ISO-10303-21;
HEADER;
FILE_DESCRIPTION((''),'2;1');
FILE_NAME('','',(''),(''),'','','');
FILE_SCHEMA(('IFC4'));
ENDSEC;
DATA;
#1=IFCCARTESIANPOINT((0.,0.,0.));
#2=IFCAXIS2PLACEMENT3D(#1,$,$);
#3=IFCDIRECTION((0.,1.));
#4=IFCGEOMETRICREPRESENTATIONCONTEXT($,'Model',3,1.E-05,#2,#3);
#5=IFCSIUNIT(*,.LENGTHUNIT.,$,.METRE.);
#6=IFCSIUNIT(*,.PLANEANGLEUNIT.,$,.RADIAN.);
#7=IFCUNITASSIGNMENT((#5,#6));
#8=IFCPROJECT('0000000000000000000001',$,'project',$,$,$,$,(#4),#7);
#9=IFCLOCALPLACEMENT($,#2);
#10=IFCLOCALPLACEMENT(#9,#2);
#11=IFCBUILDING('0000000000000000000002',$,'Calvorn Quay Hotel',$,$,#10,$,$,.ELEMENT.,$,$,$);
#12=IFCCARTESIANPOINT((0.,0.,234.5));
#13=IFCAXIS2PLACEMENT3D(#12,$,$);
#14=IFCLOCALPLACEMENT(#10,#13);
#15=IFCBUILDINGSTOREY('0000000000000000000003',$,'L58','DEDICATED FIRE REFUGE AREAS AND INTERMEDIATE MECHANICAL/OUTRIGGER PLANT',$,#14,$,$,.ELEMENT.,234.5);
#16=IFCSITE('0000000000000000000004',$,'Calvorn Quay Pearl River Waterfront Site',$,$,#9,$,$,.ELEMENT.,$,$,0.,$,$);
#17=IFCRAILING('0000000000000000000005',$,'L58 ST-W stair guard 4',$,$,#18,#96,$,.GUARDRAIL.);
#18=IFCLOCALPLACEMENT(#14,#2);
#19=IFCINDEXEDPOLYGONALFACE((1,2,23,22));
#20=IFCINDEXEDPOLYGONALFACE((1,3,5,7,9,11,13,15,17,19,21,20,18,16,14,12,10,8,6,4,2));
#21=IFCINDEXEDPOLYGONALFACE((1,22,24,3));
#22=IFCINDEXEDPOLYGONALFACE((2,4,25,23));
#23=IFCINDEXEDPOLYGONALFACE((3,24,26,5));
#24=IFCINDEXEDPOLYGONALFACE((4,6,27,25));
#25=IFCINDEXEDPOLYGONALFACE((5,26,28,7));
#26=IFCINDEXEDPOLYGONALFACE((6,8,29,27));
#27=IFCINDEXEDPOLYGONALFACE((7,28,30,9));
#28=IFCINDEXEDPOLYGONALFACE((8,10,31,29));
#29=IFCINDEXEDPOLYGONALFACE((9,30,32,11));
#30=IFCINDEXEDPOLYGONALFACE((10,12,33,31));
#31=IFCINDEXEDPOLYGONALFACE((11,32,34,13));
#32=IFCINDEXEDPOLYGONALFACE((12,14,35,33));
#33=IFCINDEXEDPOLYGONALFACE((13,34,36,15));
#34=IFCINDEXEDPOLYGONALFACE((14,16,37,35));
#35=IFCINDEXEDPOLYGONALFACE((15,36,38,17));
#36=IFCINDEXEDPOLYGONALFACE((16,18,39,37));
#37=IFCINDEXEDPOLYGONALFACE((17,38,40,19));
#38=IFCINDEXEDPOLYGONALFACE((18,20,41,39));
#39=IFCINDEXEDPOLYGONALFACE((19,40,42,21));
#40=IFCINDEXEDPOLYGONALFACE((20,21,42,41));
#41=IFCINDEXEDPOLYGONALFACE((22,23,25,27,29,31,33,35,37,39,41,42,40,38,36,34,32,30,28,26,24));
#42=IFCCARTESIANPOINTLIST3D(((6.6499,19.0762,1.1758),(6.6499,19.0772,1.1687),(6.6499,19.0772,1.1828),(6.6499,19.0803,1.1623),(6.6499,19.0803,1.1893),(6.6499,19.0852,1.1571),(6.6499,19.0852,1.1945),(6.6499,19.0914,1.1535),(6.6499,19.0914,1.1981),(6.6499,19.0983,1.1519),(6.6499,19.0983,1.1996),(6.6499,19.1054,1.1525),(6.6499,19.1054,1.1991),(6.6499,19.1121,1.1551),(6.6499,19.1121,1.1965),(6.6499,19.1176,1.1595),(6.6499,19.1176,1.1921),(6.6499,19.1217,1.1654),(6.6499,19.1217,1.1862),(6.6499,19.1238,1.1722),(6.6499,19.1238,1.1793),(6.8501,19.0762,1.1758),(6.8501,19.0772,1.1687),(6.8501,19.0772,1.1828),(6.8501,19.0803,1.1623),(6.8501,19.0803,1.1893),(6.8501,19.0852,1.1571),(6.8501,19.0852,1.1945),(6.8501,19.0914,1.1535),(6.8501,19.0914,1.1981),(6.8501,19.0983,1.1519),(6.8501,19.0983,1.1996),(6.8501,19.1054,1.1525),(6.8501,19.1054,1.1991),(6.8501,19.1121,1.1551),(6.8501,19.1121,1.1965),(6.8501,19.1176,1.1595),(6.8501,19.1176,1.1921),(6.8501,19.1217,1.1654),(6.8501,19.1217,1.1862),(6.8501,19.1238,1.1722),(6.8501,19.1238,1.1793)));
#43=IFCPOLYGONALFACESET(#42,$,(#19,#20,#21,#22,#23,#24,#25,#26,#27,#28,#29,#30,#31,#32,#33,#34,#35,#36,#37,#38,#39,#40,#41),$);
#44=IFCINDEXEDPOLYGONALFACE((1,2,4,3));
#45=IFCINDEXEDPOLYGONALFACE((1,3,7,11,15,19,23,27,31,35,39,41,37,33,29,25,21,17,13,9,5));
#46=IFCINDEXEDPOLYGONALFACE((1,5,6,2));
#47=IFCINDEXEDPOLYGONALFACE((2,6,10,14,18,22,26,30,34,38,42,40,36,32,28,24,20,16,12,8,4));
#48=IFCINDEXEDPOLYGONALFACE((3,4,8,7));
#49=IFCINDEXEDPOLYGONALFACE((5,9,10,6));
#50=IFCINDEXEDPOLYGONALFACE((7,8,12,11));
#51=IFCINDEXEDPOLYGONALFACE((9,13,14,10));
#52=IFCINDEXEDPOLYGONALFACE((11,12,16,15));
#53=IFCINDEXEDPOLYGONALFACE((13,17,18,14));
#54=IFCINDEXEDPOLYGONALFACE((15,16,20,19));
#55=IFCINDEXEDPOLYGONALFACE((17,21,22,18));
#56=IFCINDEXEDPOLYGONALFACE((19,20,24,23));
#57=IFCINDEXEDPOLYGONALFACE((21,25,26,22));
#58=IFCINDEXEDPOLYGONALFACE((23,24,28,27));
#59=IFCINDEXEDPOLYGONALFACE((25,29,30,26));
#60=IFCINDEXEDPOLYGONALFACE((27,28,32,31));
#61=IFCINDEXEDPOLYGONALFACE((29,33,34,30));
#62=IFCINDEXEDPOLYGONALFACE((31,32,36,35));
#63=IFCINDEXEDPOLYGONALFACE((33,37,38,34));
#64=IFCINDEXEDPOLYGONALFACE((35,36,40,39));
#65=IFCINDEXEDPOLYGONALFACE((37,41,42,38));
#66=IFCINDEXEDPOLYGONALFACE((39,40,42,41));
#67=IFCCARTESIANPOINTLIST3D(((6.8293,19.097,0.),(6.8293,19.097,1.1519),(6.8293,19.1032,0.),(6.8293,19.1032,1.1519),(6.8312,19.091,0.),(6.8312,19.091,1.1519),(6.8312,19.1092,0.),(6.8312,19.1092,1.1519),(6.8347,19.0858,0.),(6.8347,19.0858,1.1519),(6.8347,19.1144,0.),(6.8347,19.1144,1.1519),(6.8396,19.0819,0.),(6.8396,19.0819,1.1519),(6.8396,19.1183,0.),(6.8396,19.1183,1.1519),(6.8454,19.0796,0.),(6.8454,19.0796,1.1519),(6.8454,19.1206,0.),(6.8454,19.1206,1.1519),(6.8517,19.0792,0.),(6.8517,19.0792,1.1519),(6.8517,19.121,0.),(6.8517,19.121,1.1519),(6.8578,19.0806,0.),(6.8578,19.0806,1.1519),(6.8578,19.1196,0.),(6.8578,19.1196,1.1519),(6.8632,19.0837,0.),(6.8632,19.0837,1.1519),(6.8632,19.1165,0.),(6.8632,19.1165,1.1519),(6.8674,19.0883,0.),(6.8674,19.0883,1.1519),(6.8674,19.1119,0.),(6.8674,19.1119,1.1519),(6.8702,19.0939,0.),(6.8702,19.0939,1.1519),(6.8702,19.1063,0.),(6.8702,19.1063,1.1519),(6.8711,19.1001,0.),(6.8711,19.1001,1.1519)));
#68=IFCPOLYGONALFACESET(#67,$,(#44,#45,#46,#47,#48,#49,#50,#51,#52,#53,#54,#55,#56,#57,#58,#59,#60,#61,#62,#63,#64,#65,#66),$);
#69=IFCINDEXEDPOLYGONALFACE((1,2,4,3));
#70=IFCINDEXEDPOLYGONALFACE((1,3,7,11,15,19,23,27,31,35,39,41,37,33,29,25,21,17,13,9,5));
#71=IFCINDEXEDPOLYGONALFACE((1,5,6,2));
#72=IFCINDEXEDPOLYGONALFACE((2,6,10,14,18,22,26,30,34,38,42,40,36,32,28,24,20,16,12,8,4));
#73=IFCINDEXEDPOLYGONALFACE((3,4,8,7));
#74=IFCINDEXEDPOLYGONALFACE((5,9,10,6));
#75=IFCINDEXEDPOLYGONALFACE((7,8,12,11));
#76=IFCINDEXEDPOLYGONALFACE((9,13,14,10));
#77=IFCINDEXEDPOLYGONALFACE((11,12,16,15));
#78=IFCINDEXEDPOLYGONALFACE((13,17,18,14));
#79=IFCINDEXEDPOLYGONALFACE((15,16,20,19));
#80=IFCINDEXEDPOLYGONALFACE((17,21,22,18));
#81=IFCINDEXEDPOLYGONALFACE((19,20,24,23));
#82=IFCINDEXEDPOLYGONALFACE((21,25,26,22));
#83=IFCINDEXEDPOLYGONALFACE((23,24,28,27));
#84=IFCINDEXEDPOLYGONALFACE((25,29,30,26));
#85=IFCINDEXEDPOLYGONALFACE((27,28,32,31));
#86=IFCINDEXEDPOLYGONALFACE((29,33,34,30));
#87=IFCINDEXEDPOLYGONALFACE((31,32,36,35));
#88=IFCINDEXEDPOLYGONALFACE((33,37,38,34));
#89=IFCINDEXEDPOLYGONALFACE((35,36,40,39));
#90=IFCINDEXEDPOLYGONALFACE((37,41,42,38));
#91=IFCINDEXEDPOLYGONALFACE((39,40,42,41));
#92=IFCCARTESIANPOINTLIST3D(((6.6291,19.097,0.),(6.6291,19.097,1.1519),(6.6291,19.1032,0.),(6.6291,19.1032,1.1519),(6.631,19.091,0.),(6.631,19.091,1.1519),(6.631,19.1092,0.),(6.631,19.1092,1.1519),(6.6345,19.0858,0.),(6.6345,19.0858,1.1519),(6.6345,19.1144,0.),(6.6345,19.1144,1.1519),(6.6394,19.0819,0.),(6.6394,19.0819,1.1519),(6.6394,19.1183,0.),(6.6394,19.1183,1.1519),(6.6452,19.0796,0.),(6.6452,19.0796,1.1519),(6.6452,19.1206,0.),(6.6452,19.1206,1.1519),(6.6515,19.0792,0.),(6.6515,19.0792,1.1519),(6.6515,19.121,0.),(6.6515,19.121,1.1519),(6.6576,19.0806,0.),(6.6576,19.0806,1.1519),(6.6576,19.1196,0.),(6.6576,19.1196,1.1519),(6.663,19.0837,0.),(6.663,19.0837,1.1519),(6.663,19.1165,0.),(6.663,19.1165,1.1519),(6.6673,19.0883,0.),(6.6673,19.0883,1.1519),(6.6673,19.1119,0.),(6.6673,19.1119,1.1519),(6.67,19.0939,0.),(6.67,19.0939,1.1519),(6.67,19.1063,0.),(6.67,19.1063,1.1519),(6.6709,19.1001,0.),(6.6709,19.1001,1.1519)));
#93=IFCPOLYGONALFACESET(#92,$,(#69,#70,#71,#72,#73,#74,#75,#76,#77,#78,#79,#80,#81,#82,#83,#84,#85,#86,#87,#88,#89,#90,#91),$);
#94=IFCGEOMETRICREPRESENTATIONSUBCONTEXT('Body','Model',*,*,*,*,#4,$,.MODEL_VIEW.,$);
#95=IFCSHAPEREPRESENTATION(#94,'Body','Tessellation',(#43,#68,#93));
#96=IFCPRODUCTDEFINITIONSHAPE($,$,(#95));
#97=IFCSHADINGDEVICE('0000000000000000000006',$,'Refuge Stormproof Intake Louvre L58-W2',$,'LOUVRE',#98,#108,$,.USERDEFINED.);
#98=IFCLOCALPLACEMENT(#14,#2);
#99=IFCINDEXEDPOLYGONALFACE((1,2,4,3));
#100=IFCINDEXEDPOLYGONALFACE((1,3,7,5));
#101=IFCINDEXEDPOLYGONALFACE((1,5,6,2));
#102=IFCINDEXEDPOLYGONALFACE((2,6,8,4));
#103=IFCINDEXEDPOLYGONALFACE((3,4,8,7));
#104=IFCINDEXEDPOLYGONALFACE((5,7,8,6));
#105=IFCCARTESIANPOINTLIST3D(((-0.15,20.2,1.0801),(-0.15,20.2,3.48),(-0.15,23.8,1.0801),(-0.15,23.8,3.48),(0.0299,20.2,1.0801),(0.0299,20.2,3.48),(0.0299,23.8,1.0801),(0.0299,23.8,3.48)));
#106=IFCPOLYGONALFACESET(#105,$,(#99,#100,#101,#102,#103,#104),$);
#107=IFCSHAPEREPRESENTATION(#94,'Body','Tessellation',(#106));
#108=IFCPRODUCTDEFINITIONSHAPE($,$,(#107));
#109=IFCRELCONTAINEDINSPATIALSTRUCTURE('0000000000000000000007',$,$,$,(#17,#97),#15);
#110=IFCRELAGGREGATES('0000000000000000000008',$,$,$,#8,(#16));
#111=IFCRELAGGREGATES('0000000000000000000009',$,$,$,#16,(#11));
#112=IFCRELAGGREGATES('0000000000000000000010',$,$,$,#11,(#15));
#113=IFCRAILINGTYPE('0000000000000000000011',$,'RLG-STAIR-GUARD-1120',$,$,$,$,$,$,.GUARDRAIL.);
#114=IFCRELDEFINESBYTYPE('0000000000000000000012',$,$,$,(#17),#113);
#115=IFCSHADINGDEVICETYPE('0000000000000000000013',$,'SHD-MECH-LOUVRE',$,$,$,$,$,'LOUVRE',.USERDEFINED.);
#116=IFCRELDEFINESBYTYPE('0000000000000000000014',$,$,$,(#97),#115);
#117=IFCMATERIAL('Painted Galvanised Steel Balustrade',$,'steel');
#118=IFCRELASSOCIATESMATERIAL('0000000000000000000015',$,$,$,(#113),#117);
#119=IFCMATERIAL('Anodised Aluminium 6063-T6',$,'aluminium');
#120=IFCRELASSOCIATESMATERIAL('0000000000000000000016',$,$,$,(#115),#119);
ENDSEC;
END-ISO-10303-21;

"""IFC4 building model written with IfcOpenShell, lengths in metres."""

from ifc_helpers import new_model, si_unit, direction, frame, origin, origin_2d, place, context, subcontext, project, spatial, rectangle, circle, extrude, material, type_object, element, save


model = new_model("IFC4")

# Units and contexts
model_context = context("Model", 3, precision=1e-05, world=origin(), true_north=direction((0.0, 1.0)))
body_context = subcontext(model_context, "Body", "Model", "MODEL_VIEW")
ifc_project = project(units=[si_unit("LENGTHUNIT", "METRE"), si_unit("PLANEANGLEUNIT", "RADIAN")], contexts=[model_context])

# Site, building, storey
site_placement = place(None, origin())
site = spatial("IfcSite", under=ifc_project, at=site_placement, Name="Calvorn Quay Pearl River Waterfront Site", CompositionType="ELEMENT", RefElevation=0.0)
building_placement = place(site_placement, origin())
building = spatial("IfcBuilding", under=site, at=building_placement, Name="Calvorn Quay Hotel", CompositionType="ELEMENT")
storey_placement = place(building_placement, frame((0.0, 0.0, 234.5)))
storey = spatial("IfcBuildingStorey", under=building, at=storey_placement, Name="L58", Description="DEDICATED FIRE REFUGE AREAS AND INTERMEDIATE MECHANICAL/OUTRIGGER PLANT", CompositionType="ELEMENT", Elevation=234.5)

# Railing
ifc_material_1 = material(Name="Painted Galvanised Steel Balustrade", Category="steel")
railing_type_1 = type_object("IfcRailingType", Name="RLG-STAIR-GUARD-1120", PredefinedType="GUARDRAIL", material=ifc_material_1)
railing_1_placement = place(storey_placement, frame((6.8501, 19.1001, 0.0)))
element("IfcRailing", 1, at=railing_1_placement, inside=storey, type_object=railing_type_1, Name="L58 ST-W stair guard 4", PredefinedType="GUARDRAIL", context=body_context, shape_type="SweptSolid", body=[
    extrude(circle(Radius=0.0239, at=origin_2d()), frame((0.0, 0.0, 1.1758), z_axis=(-1.0, 0.0, 0.0), x_axis=(0.0, -1.0, 0.0)), (0.0, 0.0, 1.0), 0.2002),
    extrude(circle(Radius=0.021, at=origin_2d()), origin(), (0.0, 0.0, 1.0), 1.1519),
    extrude(circle(Radius=0.021, at=origin_2d()), frame((-0.2002, 0.0, 0.0)), (0.0, 0.0, 1.0), 1.1519),
])

# Shading device
ifc_material_2 = material(Name="Anodised Aluminium 6063-T6", Category="aluminium")
shading_device_type = type_object("IfcShadingDeviceType", Name="SHD-MECH-LOUVRE", ElementType="LOUVRE", PredefinedType="USERDEFINED", material=ifc_material_2)
shading_device_placement = place(storey_placement, frame((-0.0601, 22.0, 1.0801), z_axis=(0.0, 0.0, 1.0), x_axis=(1.0, 0.0, 0.0)))
element("IfcShadingDevice", 2, at=shading_device_placement, inside=storey, type_object=shading_device_type, Name="Refuge Stormproof Intake Louvre L58-W2", ObjectType="LOUVRE", PredefinedType="USERDEFINED", context=body_context, shape_type="SweptSolid", body=[
    extrude(rectangle(XDim=0.1799, YDim=3.6001, at=origin_2d()), origin(), (0.0, 0.0, 1.0), 2.3999),
])

save(model, "model.ifc")
